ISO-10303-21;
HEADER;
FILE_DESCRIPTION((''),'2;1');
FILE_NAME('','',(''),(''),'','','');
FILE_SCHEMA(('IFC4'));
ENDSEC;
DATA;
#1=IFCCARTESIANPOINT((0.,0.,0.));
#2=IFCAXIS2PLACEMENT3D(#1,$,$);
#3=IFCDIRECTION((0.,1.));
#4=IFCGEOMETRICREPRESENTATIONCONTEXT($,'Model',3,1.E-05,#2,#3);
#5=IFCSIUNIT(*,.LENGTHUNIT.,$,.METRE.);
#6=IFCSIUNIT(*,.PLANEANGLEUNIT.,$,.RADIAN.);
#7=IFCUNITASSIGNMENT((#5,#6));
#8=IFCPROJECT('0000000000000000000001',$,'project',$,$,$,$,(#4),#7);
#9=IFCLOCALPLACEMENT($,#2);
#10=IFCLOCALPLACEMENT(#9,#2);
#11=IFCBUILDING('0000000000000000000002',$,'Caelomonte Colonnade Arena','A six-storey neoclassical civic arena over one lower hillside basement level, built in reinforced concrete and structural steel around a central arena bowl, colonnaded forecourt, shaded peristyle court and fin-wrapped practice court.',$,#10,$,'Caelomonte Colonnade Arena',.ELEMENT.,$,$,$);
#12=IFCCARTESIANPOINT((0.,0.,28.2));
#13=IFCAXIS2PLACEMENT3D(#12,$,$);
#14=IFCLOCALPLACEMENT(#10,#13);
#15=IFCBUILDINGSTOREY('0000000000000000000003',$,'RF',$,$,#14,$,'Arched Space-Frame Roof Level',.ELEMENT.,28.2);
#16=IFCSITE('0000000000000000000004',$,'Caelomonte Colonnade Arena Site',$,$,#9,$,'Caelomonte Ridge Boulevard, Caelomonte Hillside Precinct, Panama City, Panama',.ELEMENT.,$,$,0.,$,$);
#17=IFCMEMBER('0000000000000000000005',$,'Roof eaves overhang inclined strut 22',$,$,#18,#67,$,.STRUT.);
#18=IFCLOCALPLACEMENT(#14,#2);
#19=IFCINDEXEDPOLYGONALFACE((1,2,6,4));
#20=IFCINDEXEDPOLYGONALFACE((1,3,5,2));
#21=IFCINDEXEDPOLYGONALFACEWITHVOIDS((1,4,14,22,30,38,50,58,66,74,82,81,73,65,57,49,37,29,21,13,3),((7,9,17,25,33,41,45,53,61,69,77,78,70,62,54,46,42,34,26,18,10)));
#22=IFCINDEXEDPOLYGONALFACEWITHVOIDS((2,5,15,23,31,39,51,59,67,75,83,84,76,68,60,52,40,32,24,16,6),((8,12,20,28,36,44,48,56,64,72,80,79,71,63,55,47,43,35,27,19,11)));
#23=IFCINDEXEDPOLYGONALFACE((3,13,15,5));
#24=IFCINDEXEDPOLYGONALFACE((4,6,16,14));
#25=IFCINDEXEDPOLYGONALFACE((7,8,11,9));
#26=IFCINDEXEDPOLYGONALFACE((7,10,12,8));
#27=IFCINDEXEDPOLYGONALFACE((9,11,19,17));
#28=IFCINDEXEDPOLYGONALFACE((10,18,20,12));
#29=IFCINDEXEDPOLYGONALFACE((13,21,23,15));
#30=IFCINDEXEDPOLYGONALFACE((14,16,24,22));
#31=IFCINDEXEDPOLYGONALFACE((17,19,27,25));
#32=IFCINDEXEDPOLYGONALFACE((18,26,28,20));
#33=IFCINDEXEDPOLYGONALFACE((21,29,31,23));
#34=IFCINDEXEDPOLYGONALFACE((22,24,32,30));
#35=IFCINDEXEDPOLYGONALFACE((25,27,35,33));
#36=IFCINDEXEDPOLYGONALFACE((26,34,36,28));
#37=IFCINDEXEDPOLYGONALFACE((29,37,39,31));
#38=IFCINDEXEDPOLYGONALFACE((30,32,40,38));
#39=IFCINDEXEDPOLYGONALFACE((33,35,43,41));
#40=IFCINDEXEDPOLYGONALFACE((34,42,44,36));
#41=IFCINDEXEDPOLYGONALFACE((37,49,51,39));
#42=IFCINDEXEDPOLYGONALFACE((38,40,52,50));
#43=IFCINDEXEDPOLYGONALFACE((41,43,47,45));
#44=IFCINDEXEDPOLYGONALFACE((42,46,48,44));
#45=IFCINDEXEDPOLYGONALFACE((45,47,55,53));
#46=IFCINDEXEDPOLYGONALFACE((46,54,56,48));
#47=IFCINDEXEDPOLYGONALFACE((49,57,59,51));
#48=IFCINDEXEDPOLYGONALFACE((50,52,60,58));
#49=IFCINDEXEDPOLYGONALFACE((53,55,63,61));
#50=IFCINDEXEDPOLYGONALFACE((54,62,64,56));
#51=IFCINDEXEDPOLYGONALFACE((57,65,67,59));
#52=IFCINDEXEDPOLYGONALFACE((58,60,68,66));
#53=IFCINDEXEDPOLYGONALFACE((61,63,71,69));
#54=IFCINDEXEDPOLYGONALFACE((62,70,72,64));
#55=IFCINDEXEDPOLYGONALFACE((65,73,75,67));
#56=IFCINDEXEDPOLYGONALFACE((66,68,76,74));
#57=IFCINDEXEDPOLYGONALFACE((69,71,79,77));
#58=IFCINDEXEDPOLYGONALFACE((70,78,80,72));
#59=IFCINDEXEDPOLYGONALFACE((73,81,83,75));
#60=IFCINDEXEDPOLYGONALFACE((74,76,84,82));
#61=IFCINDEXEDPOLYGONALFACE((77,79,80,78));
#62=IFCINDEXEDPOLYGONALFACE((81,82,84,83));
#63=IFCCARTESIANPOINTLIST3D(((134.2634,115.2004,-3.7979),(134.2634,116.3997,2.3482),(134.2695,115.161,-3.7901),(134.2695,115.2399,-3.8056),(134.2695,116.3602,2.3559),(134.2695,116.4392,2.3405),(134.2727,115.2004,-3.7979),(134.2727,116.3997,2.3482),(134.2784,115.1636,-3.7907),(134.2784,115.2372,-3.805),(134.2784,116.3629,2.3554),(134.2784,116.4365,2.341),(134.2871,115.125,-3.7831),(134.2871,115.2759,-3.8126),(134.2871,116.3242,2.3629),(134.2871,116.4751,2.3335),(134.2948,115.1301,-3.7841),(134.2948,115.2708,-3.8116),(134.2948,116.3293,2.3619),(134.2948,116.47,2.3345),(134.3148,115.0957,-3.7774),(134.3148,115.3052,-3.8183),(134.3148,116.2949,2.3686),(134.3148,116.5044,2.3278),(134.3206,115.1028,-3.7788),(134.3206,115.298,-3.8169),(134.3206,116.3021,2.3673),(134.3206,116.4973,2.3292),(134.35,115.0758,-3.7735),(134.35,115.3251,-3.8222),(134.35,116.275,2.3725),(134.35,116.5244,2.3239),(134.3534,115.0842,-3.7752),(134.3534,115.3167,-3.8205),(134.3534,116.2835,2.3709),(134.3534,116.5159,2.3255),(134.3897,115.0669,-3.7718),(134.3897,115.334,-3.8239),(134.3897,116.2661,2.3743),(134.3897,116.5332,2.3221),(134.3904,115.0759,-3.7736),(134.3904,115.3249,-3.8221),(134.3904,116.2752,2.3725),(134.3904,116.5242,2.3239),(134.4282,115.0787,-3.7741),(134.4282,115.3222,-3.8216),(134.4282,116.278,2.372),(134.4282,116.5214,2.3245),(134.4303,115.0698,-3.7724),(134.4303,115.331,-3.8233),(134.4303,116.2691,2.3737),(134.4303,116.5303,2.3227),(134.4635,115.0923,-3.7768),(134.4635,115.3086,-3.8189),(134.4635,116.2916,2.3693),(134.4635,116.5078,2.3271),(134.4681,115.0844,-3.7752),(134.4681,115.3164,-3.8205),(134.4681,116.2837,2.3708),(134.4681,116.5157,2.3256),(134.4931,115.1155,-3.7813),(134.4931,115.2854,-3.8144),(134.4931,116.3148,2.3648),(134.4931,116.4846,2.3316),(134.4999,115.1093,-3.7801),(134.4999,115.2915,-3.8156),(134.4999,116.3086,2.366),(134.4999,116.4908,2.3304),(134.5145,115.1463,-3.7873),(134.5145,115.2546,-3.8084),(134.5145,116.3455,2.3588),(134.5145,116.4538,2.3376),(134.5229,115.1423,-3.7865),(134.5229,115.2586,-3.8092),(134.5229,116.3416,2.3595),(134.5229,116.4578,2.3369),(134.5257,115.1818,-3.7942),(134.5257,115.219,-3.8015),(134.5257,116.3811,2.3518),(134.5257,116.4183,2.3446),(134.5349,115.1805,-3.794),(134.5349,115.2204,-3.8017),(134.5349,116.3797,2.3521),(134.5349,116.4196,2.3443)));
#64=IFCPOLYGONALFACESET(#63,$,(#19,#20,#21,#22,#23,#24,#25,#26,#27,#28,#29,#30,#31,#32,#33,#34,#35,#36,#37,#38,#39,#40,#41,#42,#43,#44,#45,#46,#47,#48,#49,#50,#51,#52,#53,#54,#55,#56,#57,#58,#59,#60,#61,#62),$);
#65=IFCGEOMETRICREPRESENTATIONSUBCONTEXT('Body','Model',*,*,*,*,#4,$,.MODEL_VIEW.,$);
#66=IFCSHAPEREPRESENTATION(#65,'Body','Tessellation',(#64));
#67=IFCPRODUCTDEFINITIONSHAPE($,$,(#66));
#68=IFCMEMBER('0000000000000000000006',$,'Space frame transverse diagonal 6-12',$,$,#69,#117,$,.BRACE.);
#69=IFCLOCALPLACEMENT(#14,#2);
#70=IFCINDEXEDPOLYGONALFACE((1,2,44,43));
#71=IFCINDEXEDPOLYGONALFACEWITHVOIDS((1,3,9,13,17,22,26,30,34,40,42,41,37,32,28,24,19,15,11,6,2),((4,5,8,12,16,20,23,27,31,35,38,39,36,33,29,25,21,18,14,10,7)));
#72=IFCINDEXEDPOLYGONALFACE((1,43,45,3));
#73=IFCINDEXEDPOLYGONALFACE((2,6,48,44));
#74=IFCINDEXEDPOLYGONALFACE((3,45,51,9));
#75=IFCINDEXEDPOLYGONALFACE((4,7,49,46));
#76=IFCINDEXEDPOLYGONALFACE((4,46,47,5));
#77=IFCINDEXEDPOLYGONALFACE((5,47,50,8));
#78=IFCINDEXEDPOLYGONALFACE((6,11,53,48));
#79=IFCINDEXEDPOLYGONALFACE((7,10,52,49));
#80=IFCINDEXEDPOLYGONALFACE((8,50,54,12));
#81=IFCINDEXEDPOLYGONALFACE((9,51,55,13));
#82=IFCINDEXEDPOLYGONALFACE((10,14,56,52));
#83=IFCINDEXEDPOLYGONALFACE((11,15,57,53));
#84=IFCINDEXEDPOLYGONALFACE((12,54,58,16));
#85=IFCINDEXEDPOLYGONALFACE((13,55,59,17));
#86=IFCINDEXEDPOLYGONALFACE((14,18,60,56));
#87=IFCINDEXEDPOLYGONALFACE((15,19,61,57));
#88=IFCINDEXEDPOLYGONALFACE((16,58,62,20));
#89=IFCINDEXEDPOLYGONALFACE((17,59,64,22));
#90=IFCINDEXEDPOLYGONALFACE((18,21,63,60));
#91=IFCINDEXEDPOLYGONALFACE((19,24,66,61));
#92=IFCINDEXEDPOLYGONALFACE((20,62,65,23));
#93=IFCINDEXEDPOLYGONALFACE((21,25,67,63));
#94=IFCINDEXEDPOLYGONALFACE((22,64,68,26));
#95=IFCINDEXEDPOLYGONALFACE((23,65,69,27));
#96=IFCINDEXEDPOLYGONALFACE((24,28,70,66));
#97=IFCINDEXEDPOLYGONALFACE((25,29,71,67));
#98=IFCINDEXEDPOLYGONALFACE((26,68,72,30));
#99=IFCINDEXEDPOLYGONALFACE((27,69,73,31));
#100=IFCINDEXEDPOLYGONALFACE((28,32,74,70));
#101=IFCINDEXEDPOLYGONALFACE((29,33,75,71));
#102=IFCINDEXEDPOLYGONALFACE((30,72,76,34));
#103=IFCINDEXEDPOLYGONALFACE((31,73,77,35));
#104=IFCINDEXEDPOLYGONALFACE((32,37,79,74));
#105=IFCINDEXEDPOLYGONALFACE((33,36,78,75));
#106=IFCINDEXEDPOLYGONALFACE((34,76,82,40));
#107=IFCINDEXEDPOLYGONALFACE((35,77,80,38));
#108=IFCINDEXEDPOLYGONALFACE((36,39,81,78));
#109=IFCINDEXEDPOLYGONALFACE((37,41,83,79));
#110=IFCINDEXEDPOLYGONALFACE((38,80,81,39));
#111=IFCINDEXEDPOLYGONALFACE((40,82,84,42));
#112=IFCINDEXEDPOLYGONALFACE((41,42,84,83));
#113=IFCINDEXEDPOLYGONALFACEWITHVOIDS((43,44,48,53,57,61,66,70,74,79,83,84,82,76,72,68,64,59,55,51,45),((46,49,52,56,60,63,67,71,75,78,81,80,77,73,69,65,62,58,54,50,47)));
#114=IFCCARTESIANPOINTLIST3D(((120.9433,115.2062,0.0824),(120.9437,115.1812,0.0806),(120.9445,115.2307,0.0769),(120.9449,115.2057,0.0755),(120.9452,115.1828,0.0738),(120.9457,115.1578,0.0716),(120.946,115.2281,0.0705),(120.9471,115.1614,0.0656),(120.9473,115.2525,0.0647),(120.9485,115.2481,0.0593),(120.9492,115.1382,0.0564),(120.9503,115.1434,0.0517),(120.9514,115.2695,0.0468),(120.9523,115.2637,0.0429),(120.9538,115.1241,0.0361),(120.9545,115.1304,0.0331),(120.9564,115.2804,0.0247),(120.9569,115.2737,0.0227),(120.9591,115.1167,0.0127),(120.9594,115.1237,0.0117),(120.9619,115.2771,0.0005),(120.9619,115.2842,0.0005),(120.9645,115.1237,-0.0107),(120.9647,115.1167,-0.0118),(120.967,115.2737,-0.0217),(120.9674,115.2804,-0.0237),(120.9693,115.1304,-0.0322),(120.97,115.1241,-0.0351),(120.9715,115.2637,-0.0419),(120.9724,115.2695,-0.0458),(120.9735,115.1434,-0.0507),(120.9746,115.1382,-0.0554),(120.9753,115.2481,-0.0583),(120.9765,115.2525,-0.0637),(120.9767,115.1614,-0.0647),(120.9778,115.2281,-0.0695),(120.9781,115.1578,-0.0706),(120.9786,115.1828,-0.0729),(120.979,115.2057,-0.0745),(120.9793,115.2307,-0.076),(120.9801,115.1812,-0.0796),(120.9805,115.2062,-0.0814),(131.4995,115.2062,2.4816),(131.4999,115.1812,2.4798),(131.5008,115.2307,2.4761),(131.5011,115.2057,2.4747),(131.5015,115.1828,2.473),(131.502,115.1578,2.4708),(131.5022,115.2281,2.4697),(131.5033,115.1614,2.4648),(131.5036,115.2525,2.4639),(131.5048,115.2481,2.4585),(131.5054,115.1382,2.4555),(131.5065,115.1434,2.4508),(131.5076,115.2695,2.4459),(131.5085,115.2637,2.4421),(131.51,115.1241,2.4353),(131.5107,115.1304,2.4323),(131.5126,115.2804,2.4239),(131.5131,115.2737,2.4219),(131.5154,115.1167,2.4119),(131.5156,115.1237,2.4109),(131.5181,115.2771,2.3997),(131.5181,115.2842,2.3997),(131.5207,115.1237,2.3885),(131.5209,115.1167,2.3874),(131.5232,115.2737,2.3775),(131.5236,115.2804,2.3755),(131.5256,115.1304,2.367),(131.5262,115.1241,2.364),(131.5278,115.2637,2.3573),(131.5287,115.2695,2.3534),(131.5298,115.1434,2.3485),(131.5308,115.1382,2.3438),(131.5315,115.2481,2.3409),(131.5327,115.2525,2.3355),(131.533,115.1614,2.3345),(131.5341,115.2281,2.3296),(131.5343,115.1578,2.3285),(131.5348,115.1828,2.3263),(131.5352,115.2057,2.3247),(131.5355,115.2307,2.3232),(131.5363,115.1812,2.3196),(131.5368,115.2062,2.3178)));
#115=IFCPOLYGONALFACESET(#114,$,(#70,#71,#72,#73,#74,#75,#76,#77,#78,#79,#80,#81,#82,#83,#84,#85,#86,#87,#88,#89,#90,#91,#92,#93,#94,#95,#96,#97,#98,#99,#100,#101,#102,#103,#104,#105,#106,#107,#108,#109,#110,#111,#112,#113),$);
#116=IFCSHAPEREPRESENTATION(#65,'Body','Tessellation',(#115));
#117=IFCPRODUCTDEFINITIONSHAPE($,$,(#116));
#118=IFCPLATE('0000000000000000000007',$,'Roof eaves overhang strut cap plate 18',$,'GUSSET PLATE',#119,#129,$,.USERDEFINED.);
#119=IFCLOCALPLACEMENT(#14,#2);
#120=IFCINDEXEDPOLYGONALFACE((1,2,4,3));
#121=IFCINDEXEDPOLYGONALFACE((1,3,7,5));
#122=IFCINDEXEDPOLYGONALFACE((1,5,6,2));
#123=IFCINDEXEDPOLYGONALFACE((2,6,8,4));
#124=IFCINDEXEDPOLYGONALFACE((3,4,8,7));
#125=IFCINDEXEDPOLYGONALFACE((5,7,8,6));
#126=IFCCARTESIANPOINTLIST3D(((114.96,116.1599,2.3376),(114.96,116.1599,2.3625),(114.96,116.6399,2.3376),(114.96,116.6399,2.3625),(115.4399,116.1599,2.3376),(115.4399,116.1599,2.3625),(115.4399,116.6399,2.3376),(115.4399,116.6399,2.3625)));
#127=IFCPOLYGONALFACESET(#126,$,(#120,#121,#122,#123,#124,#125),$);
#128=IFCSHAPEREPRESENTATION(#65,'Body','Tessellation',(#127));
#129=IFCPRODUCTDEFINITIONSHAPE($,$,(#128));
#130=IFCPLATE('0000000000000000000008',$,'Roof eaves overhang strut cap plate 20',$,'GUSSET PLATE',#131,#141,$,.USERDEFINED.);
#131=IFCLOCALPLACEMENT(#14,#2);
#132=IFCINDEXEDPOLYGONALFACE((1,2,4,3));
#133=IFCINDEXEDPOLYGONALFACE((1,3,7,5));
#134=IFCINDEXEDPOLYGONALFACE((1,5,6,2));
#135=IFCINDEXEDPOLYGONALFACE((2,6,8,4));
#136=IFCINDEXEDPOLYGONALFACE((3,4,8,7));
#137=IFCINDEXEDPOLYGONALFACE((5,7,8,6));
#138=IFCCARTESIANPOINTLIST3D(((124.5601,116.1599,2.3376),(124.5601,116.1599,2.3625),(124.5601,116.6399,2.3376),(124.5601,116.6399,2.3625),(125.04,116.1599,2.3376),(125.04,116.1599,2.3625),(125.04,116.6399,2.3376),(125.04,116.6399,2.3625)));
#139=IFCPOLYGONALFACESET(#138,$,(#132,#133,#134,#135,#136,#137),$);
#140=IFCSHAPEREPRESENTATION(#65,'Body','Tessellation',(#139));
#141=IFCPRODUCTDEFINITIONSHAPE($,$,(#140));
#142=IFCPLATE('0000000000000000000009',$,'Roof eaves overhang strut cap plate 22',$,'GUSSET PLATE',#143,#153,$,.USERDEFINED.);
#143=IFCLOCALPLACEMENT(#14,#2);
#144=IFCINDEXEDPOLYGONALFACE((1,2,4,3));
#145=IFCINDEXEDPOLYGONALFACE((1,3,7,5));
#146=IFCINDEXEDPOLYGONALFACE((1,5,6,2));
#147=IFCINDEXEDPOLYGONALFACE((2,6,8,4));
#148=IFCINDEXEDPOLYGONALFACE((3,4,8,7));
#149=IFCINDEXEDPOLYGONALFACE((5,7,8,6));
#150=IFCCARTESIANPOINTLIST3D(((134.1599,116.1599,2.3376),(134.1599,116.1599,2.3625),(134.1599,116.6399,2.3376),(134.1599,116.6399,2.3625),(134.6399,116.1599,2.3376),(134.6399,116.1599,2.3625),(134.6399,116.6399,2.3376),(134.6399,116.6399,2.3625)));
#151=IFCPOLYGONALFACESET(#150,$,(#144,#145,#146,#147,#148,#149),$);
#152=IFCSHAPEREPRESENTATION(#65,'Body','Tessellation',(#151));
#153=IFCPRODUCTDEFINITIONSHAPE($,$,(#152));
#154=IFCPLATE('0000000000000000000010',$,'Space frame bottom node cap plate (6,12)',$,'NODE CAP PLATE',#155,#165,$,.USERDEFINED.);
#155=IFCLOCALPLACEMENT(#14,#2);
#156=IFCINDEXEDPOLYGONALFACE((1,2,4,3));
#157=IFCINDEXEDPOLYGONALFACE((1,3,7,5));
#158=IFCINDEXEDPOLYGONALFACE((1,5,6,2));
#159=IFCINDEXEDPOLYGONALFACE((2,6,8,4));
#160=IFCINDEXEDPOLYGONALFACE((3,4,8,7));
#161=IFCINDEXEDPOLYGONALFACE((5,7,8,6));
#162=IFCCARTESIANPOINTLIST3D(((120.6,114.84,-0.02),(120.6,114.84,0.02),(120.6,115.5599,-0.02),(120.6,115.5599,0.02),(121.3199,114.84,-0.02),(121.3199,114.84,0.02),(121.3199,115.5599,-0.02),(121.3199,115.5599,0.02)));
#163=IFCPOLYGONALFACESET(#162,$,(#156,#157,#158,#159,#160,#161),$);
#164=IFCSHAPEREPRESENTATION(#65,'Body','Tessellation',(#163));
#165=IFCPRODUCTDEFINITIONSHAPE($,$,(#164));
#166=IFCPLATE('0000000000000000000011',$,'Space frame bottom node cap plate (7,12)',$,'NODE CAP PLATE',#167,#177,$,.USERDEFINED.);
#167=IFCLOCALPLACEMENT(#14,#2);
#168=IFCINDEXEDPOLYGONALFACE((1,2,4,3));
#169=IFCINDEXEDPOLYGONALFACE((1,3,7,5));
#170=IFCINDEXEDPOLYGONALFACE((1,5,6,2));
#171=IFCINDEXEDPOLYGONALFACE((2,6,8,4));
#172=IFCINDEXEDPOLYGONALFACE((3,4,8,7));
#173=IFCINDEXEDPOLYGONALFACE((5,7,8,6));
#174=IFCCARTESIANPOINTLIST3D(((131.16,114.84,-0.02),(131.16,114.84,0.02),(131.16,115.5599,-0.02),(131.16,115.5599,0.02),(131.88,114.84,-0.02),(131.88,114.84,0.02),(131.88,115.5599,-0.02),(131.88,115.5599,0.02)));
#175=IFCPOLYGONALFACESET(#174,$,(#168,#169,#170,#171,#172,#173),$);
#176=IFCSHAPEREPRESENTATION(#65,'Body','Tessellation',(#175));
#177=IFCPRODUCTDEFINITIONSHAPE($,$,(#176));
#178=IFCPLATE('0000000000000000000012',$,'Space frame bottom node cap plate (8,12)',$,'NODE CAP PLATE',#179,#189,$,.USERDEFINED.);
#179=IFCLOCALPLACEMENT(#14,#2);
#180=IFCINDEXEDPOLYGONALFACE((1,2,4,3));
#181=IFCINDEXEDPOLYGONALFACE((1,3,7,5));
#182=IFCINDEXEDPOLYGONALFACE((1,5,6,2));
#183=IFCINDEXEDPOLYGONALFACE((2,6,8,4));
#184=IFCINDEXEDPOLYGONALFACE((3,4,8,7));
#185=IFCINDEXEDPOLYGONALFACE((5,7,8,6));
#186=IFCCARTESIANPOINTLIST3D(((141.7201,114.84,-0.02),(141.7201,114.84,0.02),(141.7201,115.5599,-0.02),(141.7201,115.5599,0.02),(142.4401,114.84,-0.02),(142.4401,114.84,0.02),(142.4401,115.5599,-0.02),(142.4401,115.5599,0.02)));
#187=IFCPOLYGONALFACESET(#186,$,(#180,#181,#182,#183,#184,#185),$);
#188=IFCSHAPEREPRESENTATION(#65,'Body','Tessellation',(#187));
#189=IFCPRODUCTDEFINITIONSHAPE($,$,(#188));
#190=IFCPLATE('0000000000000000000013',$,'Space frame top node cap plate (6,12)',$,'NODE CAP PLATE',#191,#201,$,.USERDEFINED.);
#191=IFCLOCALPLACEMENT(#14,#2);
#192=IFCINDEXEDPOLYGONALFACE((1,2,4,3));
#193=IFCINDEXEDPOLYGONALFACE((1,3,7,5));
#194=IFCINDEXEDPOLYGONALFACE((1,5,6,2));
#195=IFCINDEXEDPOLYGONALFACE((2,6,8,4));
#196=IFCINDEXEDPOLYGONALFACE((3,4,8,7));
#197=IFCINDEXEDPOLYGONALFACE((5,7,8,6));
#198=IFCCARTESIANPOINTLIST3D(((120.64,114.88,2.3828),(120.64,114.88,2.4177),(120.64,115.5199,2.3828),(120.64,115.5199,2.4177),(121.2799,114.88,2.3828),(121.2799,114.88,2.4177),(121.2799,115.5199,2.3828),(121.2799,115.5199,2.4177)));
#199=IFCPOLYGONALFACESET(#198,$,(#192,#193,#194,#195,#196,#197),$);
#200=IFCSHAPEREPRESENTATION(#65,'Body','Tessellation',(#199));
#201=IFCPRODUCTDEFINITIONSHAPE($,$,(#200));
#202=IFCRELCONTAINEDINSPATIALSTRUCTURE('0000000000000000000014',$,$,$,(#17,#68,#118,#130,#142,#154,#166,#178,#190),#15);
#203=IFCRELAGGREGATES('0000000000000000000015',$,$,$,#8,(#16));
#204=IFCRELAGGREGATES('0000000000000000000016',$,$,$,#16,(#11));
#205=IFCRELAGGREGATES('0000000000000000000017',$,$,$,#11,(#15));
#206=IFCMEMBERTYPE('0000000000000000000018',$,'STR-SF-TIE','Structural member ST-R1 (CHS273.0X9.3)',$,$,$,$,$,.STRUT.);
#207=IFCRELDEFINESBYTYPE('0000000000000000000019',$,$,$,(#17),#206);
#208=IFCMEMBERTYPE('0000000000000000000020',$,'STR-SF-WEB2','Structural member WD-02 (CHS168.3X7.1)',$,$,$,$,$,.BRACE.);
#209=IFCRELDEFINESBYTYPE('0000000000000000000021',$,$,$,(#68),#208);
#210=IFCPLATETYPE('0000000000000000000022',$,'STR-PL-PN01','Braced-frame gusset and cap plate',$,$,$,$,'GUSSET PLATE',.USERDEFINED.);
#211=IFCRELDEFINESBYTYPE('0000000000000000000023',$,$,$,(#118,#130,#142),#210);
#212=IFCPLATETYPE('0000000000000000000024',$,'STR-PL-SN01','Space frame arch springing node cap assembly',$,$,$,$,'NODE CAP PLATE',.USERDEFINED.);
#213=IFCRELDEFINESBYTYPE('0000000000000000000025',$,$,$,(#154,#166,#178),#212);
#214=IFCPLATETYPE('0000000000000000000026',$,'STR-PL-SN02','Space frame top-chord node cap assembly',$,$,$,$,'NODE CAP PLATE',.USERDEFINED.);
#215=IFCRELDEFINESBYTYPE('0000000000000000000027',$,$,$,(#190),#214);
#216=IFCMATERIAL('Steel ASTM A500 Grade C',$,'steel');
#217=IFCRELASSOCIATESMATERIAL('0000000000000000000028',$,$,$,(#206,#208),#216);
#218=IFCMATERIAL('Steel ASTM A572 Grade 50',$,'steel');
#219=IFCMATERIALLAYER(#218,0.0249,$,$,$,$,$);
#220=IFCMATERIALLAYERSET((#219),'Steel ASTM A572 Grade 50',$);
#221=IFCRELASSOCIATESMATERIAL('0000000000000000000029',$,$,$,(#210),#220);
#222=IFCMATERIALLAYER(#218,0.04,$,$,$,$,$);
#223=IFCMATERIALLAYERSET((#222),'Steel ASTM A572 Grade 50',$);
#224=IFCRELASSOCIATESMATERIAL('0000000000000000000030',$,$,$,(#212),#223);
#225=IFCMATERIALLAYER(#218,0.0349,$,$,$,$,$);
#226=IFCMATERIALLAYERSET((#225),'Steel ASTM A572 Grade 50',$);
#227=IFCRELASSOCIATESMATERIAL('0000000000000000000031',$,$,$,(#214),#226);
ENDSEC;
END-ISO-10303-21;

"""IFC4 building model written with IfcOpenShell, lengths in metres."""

from ifc_helpers import new_model, si_unit, direction, frame, origin, origin_2d, place, context, subcontext, project, spatial, rectangle, hollow_circle, extrude, material, layer, layer_set, material_profile, profile_set, type_object, element, save


model = new_model("IFC4")

# Units and contexts
model_context = context("Model", 3, precision=1e-05, world=origin(), true_north=direction((0.0, 1.0)))
body_context = subcontext(model_context, "Body", "Model", "MODEL_VIEW")
ifc_project = project(units=[si_unit("LENGTHUNIT", "METRE"), si_unit("PLANEANGLEUNIT", "RADIAN")], contexts=[model_context])

# Site, building, storey
site_placement = place(None, origin())
site = spatial("IfcSite", under=ifc_project, at=site_placement, Name="Caelomonte Colonnade Arena Site", LongName="Caelomonte Ridge Boulevard, Caelomonte Hillside Precinct, Panama City, Panama", CompositionType="ELEMENT", RefElevation=0.0)
building_placement = place(site_placement, origin())
building = spatial("IfcBuilding", under=site, at=building_placement, Name="Caelomonte Colonnade Arena", Description="A six-storey neoclassical civic arena over one lower hillside basement level, built in reinforced concrete and structural steel around a central arena bowl, colonnaded forecourt, shaded peristyle court and fin-wrapped practice court.", LongName="Caelomonte Colonnade Arena", CompositionType="ELEMENT")
storey_placement = place(building_placement, frame((0.0, 0.0, 28.2)))
storey = spatial("IfcBuildingStorey", under=building, at=storey_placement, Name="RF", LongName="Arched Space-Frame Roof Level", CompositionType="ELEMENT", Elevation=28.2)

# Members
ifc_material_1 = material(Name="Steel ASTM A500 Grade C", Category="steel")
ifc_material_profile_1 = material_profile(ifc_material_1, hollow_circle(Radius=0.1365, WallThickness=0.0093, at=origin_2d()), Name="CHS273.0X9.3")
ifc_profile_set_1 = profile_set([ifc_material_profile_1], Name="Steel ASTM A500 Grade C")
member_type_1 = type_object("IfcMemberType", Name="STR-SF-TIE", Description="Structural member ST-R1 (CHS273.0X9.3)", PredefinedType="STRUT", material=ifc_profile_set_1)
for number, where, z_axis, x_axis, name in (
    (1, (134.3999, 115.2004, -3.7979), (0.0, 0.19151, 0.981491), (-1.0, 0.0, 0.0), "Roof eaves overhang inclined strut 22"),
):
    element("IfcMember", number, at=place(storey_placement, frame(where, z_axis=z_axis, x_axis=x_axis)), inside=storey, type_object=member_type_1, Name=name, PredefinedType="STRUT", context=body_context, shape_type="SweptSolid", body=[
        extrude(hollow_circle(Radius=0.1365, WallThickness=0.0093, at=origin_2d()), origin(), (0.0, 0.0, 1.0), 6.262),
    ])
ifc_material_profile_2 = material_profile(ifc_material_1, hollow_circle(Radius=0.0842, WallThickness=0.0071, at=origin_2d()), Name="CHS168.3X7.1")
ifc_profile_set_2 = profile_set([ifc_material_profile_2], Name="Steel ASTM A500 Grade C")
member_type_2 = type_object("IfcMemberType", Name="STR-SF-WEB2", Description="Structural member WD-02 (CHS168.3X7.1)", PredefinedType="BRACE", material=ifc_profile_set_2)
member_1_placement = place(storey_placement, frame((120.9619, 115.2, 0.0005), z_axis=(0.975132, 0.0, 0.221625), x_axis=(0.0, 1.0, 0.0)))
element("IfcMember", 2, at=member_1_placement, inside=storey, type_object=member_type_2, Name="Space frame transverse diagonal 6-12", PredefinedType="BRACE", context=body_context, shape_type="SweptSolid", body=[
    extrude(hollow_circle(Radius=0.0842, WallThickness=0.0071, at=origin_2d()), origin(), (0.0, 0.0, 1.0), 10.8254),
])

# Plates
ifc_material_2 = material(Name="Steel ASTM A572 Grade 50", Category="steel")
ifc_layer_1 = layer(ifc_material_2, 0.0249)
ifc_layer_set_1 = layer_set([ifc_layer_1], Name="Steel ASTM A572 Grade 50")
plate_type_1 = type_object("IfcPlateType", Name="STR-PL-PN01", Description="Braced-frame gusset and cap plate", ElementType="GUSSET PLATE", PredefinedType="USERDEFINED", material=ifc_layer_set_1)
for number, where, z_axis, x_axis, name in (
    (3, (115.2, 116.3999, 2.3376), (0.0, 0.0, 1.0), (1.0, 0.0, 0.0), "Roof eaves overhang strut cap plate 18"),
    (4, (124.8, 116.3999, 2.3376), (0.0, 0.0, 1.0), (1.0, 0.0, 0.0), "Roof eaves overhang strut cap plate 20"),
    (5, (134.3999, 116.3999, 2.3376), (0.0, 0.0, 1.0), (1.0, 0.0, 0.0), "Roof eaves overhang strut cap plate 22"),
):
    element("IfcPlate", number, at=place(storey_placement, frame(where, z_axis=z_axis, x_axis=x_axis)), inside=storey, type_object=plate_type_1, Name=name, ObjectType="GUSSET PLATE", PredefinedType="USERDEFINED", context=body_context, shape_type="SweptSolid", body=[
        extrude(rectangle(XDim=0.48, YDim=0.48, at=origin_2d()), origin(), (0.0, 0.0, 1.0), 0.0249),
    ])
ifc_layer_2 = layer(ifc_material_2, 0.04)
ifc_layer_set_2 = layer_set([ifc_layer_2], Name="Steel ASTM A572 Grade 50")
plate_type_2 = type_object("IfcPlateType", Name="STR-PL-SN01", Description="Space frame arch springing node cap assembly", ElementType="NODE CAP PLATE", PredefinedType="USERDEFINED", material=ifc_layer_set_2)
for number, where, z_axis, x_axis, name in (
    (6, (120.96, 115.2, -0.02), (0.0, 0.0, 1.0), (1.0, 0.0, 0.0), "Space frame bottom node cap plate (6,12)"),
    (7, (131.52, 115.2, -0.02), (0.0, 0.0, 1.0), (1.0, 0.0, 0.0), "Space frame bottom node cap plate (7,12)"),
    (8, (142.0801, 115.2, -0.02), (0.0, 0.0, 1.0), (1.0, 0.0, 0.0), "Space frame bottom node cap plate (8,12)"),
):
    element("IfcPlate", number, at=place(storey_placement, frame(where, z_axis=z_axis, x_axis=x_axis)), inside=storey, type_object=plate_type_2, Name=name, ObjectType="NODE CAP PLATE", PredefinedType="USERDEFINED", context=body_context, shape_type="SweptSolid", body=[
        extrude(rectangle(XDim=0.72, YDim=0.72, at=origin_2d()), origin(), (0.0, 0.0, 1.0), 0.04),
    ])
ifc_layer_3 = layer(ifc_material_2, 0.0349)
ifc_layer_set_3 = layer_set([ifc_layer_3], Name="Steel ASTM A572 Grade 50")
plate_type_3 = type_object("IfcPlateType", Name="STR-PL-SN02", Description="Space frame top-chord node cap assembly", ElementType="NODE CAP PLATE", PredefinedType="USERDEFINED", material=ifc_layer_set_3)
for number, where, z_axis, x_axis, name in (
    (9, (120.96, 115.2, 2.3828), (0.0, 0.0, 1.0), (1.0, 0.0, 0.0), "Space frame top node cap plate (6,12)"),
):
    element("IfcPlate", number, at=place(storey_placement, frame(where, z_axis=z_axis, x_axis=x_axis)), inside=storey, type_object=plate_type_3, Name=name, ObjectType="NODE CAP PLATE", PredefinedType="USERDEFINED", context=body_context, shape_type="SweptSolid", body=[
        extrude(rectangle(XDim=0.6399, YDim=0.6399, at=origin_2d()), origin(), (0.0, 0.0, 1.0), 0.0349),
    ])

save(model, "model.ifc")
